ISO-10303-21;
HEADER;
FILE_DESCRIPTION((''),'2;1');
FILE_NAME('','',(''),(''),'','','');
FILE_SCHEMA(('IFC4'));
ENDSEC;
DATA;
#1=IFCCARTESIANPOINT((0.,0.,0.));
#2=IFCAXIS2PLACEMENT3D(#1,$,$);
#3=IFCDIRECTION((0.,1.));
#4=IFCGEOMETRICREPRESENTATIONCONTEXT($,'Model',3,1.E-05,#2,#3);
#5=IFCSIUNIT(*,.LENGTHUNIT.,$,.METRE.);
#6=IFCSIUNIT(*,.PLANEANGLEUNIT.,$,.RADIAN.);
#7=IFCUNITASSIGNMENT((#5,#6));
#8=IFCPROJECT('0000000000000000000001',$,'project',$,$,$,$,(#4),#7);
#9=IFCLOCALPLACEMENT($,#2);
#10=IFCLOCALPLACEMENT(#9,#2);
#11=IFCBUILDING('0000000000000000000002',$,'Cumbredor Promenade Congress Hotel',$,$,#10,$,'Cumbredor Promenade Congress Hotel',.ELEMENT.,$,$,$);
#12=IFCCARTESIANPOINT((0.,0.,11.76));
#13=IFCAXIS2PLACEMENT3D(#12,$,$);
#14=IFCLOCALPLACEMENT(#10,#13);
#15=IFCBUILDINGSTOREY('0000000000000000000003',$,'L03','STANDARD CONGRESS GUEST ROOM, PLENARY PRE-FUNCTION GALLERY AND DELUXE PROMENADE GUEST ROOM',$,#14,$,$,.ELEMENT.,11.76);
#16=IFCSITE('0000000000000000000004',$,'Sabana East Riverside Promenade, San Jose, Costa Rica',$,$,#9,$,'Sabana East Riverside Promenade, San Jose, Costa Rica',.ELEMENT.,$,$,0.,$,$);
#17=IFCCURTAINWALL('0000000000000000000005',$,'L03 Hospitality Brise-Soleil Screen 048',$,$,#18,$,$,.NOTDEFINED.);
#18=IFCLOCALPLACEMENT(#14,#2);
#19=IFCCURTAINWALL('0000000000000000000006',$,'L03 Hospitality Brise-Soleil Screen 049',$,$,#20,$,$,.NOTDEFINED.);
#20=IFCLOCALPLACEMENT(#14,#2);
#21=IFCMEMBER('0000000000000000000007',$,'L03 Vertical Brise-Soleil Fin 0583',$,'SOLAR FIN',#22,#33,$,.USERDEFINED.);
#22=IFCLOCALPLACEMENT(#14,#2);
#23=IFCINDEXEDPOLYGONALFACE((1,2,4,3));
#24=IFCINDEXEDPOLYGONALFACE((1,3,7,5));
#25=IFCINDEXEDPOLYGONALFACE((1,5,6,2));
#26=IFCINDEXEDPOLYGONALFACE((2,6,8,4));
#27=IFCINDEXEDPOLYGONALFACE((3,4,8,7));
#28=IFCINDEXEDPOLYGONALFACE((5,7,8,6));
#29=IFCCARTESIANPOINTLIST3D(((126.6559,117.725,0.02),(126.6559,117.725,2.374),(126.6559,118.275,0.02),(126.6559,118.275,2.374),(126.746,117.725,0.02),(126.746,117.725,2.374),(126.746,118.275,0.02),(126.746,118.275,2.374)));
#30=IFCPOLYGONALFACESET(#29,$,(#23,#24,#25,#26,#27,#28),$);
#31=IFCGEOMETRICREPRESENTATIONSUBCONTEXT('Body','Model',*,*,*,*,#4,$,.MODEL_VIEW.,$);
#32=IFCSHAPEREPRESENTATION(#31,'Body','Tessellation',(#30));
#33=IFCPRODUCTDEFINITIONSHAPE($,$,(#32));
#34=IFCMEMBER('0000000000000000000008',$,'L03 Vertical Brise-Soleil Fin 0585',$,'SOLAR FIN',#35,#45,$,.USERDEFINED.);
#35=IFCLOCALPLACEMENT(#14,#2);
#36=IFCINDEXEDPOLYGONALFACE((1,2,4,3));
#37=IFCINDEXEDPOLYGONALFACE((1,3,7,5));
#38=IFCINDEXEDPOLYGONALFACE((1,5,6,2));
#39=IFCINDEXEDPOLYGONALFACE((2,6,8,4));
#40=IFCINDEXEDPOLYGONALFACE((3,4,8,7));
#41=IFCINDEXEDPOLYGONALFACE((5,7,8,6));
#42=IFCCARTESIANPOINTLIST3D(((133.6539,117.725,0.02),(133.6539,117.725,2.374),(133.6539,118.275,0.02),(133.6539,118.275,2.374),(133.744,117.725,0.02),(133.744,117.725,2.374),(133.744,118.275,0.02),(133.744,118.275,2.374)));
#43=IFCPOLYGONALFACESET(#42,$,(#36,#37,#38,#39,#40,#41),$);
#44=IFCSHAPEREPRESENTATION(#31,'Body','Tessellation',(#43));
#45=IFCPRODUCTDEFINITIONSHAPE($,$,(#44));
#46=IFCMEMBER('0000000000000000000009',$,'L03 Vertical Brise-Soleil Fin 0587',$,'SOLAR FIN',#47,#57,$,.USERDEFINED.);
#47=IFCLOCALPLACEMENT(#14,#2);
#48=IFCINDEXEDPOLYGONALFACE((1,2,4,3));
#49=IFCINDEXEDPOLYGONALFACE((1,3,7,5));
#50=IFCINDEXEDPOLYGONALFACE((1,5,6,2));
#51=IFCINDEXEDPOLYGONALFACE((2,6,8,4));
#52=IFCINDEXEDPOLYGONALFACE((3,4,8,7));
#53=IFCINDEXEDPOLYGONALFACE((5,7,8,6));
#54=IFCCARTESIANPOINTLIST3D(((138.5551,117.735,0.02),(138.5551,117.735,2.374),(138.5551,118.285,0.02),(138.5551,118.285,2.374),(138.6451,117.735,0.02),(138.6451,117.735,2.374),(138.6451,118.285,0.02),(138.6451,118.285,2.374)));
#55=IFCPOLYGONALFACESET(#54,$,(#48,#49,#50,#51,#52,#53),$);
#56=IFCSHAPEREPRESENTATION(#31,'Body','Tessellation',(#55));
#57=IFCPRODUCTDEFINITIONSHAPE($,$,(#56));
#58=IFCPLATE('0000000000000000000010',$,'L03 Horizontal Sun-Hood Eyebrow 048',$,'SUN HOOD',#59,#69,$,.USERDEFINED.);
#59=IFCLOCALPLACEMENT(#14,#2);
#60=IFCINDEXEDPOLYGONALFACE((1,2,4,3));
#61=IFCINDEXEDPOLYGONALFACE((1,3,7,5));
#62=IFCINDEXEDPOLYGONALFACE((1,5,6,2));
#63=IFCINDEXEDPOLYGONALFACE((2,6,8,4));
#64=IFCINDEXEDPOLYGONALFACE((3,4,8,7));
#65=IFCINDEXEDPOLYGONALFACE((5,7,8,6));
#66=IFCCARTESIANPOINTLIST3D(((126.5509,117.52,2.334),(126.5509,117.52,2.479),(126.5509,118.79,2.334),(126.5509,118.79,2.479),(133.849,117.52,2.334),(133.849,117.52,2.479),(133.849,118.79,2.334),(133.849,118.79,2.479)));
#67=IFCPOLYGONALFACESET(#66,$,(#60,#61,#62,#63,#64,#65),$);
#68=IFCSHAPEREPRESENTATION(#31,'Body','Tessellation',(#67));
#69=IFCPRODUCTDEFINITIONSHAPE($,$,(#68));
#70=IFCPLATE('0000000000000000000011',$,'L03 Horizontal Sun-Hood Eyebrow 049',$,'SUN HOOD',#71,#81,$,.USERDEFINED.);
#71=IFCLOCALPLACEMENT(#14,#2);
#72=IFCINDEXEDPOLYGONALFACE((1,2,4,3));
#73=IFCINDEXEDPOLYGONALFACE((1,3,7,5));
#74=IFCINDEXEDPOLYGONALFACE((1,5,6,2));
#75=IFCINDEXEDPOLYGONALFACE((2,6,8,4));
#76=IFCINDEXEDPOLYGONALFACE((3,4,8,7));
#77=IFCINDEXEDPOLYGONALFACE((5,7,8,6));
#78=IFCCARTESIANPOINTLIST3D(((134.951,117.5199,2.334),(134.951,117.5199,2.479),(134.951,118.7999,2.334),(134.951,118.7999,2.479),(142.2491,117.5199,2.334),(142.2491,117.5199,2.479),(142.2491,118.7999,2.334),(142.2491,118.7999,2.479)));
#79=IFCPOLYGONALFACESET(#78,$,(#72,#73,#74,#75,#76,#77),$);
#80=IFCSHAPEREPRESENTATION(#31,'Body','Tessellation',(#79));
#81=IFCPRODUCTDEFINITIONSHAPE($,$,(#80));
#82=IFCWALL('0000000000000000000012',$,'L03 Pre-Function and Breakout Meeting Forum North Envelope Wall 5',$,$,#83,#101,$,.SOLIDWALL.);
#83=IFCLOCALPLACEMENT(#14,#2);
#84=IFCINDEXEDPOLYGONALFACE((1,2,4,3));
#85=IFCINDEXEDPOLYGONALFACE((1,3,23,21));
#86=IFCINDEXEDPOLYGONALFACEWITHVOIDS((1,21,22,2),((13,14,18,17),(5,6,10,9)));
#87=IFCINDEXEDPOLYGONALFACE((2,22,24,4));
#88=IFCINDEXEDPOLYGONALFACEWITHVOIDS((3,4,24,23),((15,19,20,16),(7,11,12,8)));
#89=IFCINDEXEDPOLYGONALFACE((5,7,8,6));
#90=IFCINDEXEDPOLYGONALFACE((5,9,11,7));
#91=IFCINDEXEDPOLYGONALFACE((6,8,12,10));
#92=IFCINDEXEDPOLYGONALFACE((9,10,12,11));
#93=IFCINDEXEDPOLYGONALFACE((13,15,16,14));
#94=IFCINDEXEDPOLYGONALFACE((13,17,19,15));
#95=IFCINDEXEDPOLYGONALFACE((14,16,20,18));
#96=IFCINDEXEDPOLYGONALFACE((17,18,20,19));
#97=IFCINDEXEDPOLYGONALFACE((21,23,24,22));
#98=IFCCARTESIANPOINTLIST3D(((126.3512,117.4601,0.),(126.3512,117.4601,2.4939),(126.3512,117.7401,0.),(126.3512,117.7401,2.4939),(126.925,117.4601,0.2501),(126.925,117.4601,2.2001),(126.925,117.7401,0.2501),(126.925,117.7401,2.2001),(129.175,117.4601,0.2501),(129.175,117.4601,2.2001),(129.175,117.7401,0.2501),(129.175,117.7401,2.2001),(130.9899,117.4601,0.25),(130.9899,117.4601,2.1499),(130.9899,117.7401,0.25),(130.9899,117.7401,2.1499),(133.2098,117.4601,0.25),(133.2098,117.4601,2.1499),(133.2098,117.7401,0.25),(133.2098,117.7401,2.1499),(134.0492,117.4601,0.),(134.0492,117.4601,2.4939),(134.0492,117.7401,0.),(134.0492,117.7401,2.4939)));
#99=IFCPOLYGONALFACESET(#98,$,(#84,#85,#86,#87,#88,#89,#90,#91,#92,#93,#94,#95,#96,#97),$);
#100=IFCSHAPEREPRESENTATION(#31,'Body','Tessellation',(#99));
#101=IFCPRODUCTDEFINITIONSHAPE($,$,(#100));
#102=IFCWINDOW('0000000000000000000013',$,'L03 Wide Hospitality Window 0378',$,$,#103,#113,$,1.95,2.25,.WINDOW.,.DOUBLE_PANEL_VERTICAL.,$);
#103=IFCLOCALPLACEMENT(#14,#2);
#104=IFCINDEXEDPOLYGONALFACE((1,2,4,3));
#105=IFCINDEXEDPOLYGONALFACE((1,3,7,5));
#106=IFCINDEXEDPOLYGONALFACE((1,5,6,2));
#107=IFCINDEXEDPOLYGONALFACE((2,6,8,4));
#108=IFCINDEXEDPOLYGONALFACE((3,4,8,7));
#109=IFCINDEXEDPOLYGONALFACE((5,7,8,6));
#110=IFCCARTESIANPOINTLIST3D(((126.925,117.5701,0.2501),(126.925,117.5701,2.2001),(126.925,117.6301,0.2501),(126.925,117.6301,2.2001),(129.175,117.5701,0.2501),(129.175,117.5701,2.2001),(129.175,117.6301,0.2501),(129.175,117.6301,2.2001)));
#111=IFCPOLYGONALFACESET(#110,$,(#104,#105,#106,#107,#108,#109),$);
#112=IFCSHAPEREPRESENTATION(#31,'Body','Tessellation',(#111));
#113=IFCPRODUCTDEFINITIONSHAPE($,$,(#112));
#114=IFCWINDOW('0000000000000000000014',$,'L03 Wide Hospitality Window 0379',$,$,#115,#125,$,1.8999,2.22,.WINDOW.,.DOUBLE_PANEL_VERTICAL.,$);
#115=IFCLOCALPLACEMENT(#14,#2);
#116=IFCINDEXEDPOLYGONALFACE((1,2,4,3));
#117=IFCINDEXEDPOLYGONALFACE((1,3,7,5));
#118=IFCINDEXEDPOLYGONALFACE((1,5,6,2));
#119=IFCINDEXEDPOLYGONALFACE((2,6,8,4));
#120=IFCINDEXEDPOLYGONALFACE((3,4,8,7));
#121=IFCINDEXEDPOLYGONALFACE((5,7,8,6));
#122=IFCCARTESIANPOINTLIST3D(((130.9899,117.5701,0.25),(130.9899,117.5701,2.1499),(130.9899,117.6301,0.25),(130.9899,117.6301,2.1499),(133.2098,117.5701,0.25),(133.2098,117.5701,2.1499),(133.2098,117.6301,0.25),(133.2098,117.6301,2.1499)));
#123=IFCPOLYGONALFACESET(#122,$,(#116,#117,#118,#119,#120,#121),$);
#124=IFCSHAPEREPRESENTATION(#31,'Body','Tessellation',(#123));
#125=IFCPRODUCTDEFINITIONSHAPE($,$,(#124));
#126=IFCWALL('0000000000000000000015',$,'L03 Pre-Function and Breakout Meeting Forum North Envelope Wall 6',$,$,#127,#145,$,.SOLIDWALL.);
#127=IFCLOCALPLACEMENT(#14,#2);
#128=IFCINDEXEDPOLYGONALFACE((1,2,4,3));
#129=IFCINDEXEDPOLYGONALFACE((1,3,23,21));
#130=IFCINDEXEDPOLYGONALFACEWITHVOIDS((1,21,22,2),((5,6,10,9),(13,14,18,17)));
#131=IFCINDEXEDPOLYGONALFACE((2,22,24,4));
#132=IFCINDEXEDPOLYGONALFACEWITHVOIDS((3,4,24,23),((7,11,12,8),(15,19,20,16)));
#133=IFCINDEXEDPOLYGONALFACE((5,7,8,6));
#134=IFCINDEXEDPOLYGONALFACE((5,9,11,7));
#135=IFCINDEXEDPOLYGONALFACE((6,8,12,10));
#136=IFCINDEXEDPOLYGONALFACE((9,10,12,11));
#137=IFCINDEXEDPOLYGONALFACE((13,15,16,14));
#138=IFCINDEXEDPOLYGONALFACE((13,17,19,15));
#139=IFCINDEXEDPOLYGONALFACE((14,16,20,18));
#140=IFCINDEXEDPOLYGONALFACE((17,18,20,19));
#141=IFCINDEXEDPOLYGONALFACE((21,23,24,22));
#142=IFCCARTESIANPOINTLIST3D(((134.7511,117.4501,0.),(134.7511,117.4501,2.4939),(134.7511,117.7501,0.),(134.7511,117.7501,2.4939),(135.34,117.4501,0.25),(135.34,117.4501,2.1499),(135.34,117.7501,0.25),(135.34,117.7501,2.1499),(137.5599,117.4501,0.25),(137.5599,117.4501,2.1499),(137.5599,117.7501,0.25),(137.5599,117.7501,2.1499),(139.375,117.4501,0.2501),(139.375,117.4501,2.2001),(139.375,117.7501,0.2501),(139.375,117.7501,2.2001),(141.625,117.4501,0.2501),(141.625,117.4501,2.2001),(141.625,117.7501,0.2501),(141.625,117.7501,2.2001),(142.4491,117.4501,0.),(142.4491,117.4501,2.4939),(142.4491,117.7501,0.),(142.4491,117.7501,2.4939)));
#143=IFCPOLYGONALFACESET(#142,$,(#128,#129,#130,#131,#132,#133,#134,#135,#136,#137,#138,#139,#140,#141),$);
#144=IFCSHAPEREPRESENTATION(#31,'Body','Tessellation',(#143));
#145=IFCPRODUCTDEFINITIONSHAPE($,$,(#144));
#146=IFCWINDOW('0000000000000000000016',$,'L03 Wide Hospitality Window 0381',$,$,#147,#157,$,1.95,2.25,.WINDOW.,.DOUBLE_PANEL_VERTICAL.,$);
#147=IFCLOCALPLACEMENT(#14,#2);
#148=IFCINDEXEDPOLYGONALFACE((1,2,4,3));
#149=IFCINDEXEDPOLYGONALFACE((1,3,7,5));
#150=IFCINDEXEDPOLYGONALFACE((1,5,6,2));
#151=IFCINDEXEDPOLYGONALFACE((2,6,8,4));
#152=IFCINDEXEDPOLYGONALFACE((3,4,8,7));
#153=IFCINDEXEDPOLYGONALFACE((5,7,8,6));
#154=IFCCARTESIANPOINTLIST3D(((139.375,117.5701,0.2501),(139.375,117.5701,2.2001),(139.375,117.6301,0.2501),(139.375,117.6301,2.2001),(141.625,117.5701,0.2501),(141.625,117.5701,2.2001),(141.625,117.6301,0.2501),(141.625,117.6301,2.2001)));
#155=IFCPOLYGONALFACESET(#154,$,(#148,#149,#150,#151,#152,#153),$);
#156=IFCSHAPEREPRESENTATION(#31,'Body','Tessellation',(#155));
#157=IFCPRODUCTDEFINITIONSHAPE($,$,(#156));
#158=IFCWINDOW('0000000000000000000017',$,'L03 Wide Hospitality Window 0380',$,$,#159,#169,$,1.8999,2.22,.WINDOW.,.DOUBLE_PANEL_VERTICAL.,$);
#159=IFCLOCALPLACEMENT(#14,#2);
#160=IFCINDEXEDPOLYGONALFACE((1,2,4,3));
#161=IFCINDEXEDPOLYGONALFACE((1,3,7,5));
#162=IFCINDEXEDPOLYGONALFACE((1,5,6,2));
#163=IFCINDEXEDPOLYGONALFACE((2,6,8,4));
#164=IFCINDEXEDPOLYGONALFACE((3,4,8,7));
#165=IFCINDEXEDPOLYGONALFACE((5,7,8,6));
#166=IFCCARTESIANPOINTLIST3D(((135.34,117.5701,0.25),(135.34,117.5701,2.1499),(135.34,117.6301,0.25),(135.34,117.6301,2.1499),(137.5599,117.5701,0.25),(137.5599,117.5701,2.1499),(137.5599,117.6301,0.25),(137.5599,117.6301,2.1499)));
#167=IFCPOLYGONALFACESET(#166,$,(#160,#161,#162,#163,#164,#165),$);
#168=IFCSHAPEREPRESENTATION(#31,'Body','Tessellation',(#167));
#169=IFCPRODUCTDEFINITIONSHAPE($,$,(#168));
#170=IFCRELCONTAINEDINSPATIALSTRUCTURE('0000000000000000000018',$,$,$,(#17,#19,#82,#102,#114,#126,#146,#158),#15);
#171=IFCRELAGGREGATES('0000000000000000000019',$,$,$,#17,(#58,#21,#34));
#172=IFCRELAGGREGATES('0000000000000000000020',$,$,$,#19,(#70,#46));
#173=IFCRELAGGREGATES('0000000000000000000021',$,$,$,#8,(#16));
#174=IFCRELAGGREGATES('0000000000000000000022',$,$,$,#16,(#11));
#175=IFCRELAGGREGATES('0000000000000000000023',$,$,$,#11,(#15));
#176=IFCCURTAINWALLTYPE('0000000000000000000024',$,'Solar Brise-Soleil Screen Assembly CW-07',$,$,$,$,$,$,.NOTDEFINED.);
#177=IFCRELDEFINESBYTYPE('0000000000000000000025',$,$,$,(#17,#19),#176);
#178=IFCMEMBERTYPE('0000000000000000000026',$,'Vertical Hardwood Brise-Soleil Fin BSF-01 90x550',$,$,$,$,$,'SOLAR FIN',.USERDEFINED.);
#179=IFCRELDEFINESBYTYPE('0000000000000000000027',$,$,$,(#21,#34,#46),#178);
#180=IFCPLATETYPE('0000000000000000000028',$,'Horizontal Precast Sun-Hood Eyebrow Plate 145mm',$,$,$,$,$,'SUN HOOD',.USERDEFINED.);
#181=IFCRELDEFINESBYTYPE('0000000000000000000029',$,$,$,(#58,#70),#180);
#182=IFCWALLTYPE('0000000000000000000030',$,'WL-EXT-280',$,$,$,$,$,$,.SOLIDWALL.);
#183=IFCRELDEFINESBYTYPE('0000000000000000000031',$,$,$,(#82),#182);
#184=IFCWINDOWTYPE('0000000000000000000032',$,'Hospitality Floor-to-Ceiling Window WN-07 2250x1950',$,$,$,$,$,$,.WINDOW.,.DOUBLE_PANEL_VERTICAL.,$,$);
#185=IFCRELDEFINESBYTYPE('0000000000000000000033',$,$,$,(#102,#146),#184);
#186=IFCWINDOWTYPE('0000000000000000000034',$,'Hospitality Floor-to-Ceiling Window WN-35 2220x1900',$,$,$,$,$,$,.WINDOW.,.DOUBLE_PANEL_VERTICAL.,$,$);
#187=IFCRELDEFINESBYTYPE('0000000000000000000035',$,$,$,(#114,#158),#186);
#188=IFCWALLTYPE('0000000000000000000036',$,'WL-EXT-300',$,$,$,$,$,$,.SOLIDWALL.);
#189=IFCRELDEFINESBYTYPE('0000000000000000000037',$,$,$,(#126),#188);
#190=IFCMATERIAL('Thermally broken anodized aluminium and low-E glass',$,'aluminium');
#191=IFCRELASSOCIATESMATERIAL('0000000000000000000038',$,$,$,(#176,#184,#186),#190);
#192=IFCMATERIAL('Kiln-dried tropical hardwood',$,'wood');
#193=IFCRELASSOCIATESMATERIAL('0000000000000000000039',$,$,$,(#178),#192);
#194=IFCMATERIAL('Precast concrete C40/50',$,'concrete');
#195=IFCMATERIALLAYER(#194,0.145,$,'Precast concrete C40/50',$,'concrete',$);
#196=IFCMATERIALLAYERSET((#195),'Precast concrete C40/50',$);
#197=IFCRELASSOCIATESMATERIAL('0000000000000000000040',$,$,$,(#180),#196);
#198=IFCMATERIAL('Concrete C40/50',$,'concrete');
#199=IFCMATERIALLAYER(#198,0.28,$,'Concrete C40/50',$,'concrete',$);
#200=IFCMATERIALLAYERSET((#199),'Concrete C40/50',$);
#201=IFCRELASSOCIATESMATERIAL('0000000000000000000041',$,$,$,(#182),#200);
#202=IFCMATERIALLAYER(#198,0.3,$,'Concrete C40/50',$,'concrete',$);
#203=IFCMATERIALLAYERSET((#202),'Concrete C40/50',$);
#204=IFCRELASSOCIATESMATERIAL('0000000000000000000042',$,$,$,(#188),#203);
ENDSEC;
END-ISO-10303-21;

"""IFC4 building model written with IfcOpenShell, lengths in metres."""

from ifc_helpers import new_model, si_unit, direction, frame, frame_2d, origin, origin_2d, place, context, subcontext, project, spatial, rectangle, extrude, material, layer, layer_set, material_profile, profile_set, type_object, element, fill, aggregate, save


model = new_model("IFC4")

# Units and contexts
model_context = context("Model", 3, precision=1e-05, world=origin(), true_north=direction((0.0, 1.0)))
body_context = subcontext(model_context, "Body", "Model", "MODEL_VIEW")
ifc_project = project(units=[si_unit("LENGTHUNIT", "METRE"), si_unit("PLANEANGLEUNIT", "RADIAN")], contexts=[model_context])

# Site, building, storey
site_placement = place(None, origin())
site = spatial("IfcSite", under=ifc_project, at=site_placement, Name="Sabana East Riverside Promenade, San Jose, Costa Rica", LongName="Sabana East Riverside Promenade, San Jose, Costa Rica", CompositionType="ELEMENT", RefElevation=0.0)
building_placement = place(site_placement, origin())
building = spatial("IfcBuilding", under=site, at=building_placement, Name="Cumbredor Promenade Congress Hotel", LongName="Cumbredor Promenade Congress Hotel", CompositionType="ELEMENT")
storey_placement = place(building_placement, frame((0.0, 0.0, 11.76)))
storey = spatial("IfcBuildingStorey", under=building, at=storey_placement, Name="L03", Description="STANDARD CONGRESS GUEST ROOM, PLENARY PRE-FUNCTION GALLERY AND DELUXE PROMENADE GUEST ROOM", CompositionType="ELEMENT", Elevation=11.76)

# Shared definitions
ifc_material_1 = material(Name="Concrete C40/50", Category="concrete")

# Curtain walls
ifc_material_2 = material(Name="Thermally broken anodized aluminium and low-E glass", Category="aluminium")
curtain_wall_type = type_object("IfcCurtainWallType", Name="Solar Brise-Soleil Screen Assembly CW-07", PredefinedType="NOTDEFINED", material=ifc_material_2)
curtain_wall_1_placement = place(storey_placement, origin())
curtain_wall_1 = element("IfcCurtainWall", 1, at=curtain_wall_1_placement, inside=storey, type_object=curtain_wall_type, Name="L03 Hospitality Brise-Soleil Screen 048", PredefinedType="NOTDEFINED")
curtain_wall_2_placement = place(storey_placement, origin())
curtain_wall_2 = element("IfcCurtainWall", 2, at=curtain_wall_2_placement, inside=storey, type_object=curtain_wall_type, Name="L03 Hospitality Brise-Soleil Screen 049", PredefinedType="NOTDEFINED")

# Members
ifc_material_3 = material(Name="Kiln-dried tropical hardwood", Category="wood")
ifc_material_profile_1 = material_profile(ifc_material_3, rectangle(XDim=0.0901, YDim=0.55, at=origin_2d()), Name="ARCH FIN 90x550")
ifc_profile_set_1 = profile_set([ifc_material_profile_1], Name="Kiln-dried tropical hardwood")
member_type_1 = type_object("IfcMemberType", Name="Vertical Hardwood Brise-Soleil Fin BSF-01 90x550", ElementType="SOLAR FIN", PredefinedType="USERDEFINED", material=ifc_profile_set_1)
member_1_placement = place(storey_placement, frame((126.7009, 118.0, 0.02), z_axis=(0.0, 0.0, 1.0), x_axis=(1.0, 0.0, 0.0)))
member_1 = element("IfcMember", 3, at=member_1_placement, type_object=member_type_1, Name="L03 Vertical Brise-Soleil Fin 0583", ObjectType="SOLAR FIN", PredefinedType="USERDEFINED", context=body_context, shape_type="SweptSolid", body=[
    extrude(rectangle(XDim=0.0901, YDim=0.55, at=origin_2d()), origin(), (0.0, 0.0, 1.0), 2.354),
])
member_2_placement = place(storey_placement, frame((133.699, 118.0, 0.02), z_axis=(0.0, 0.0, 1.0), x_axis=(1.0, 0.0, 0.0)))
member_2 = element("IfcMember", 4, at=member_2_placement, type_object=member_type_1, Name="L03 Vertical Brise-Soleil Fin 0585", ObjectType="SOLAR FIN", PredefinedType="USERDEFINED", context=body_context, shape_type="SweptSolid", body=[
    extrude(rectangle(XDim=0.0901, YDim=0.55, at=origin_2d()), origin(), (0.0, 0.0, 1.0), 2.354),
])
member_3_placement = place(storey_placement, frame((138.6001, 118.01, 0.02), z_axis=(0.0, 0.0, 1.0), x_axis=(1.0, 0.0, 0.0)))
member_3 = element("IfcMember", 5, at=member_3_placement, type_object=member_type_1, Name="L03 Vertical Brise-Soleil Fin 0587", ObjectType="SOLAR FIN", PredefinedType="USERDEFINED", context=body_context, shape_type="SweptSolid", body=[
    extrude(rectangle(XDim=0.0901, YDim=0.55, at=origin_2d()), origin(), (0.0, 0.0, 1.0), 2.354),
])

# Plates
ifc_material_4 = material(Name="Precast concrete C40/50", Category="concrete")
ifc_layer_1 = layer(ifc_material_4, 0.145, Name="Precast concrete C40/50", Category="concrete")
ifc_layer_set_1 = layer_set([ifc_layer_1], Name="Precast concrete C40/50")
plate_type = type_object("IfcPlateType", Name="Horizontal Precast Sun-Hood Eyebrow Plate 145mm", ElementType="SUN HOOD", PredefinedType="USERDEFINED", material=ifc_layer_set_1)
plate_1_placement = place(storey_placement, frame((130.2, 118.155, 2.334), z_axis=(0.0, 0.0, 1.0), x_axis=(1.0, 0.0, 0.0)))
plate_1 = element("IfcPlate", 6, at=plate_1_placement, type_object=plate_type, Name="L03 Horizontal Sun-Hood Eyebrow 048", ObjectType="SUN HOOD", PredefinedType="USERDEFINED", context=body_context, shape_type="SweptSolid", body=[
    extrude(rectangle(XDim=7.2981, YDim=1.27, at=origin_2d()), origin(), (0.0, 0.0, 1.0), 0.145),
])
aggregate(curtain_wall_1, [plate_1, member_1, member_2])
plate_2_placement = place(storey_placement, frame((138.6001, 118.1599, 2.334), z_axis=(0.0, 0.0, 1.0), x_axis=(1.0, 0.0, 0.0)))
plate_2 = element("IfcPlate", 7, at=plate_2_placement, type_object=plate_type, Name="L03 Horizontal Sun-Hood Eyebrow 049", ObjectType="SUN HOOD", PredefinedType="USERDEFINED", context=body_context, shape_type="SweptSolid", body=[
    extrude(rectangle(XDim=7.2981, YDim=1.28, at=origin_2d()), origin(), (0.0, 0.0, 1.0), 0.145),
])
aggregate(curtain_wall_2, [plate_2, member_3])

# Walls, openings, windows
ifc_layer_2 = layer(ifc_material_1, 0.28, Name="Concrete C40/50", Category="concrete")
ifc_layer_set_2 = layer_set([ifc_layer_2], Name="Concrete C40/50")
wall_type_1 = type_object("IfcWallType", Name="WL-EXT-280", PredefinedType="SOLIDWALL", material=ifc_layer_set_2)
wall_1_placement = place(storey_placement, frame((126.3511, 117.6001, 0.0), z_axis=(0.0, 0.0, 1.0), x_axis=(1.0, 0.0, 0.0)))
wall_1 = element("IfcWall", 8, at=wall_1_placement, inside=storey, type_object=wall_type_1, Name="L03 Pre-Function and Breakout Meeting Forum North Envelope Wall 5", PredefinedType="SOLIDWALL", context=body_context, shape_type="SweptSolid", body=[
    extrude(rectangle(XDim=7.698, YDim=0.28, at=frame_2d((3.8491, 0.0))), origin(), (0.0, 0.0, 1.0), 2.4939),
])
opening_1_placement = place(wall_1_placement, frame((0.574, 0.0, 0.25)))
opening_1 = element("IfcOpeningElement", 9, at=opening_1_placement, cuts=wall_1, PredefinedType="OPENING", context=body_context, shape_type="SweptSolid", body=[
    extrude(rectangle(XDim=2.25, YDim=1.95, at=frame_2d((1.125, 0.9751))), frame((0.0, 0.1499, 0.0), z_axis=(0.0, -1.0, 0.0), x_axis=(1.0, 0.0, 0.0)), (0.0, 0.0, 1.0), 0.3),
])
opening_2_placement = place(wall_1_placement, frame((4.6389, 0.0, 0.25)))
opening_2 = element("IfcOpeningElement", 10, at=opening_2_placement, cuts=wall_1, PredefinedType="OPENING", context=body_context, shape_type="SweptSolid", body=[
    extrude(rectangle(XDim=2.22, YDim=1.8999, at=frame_2d((1.1099, 0.95))), frame((0.0, 0.1499, 0.0), z_axis=(0.0, -1.0, 0.0), x_axis=(1.0, 0.0, 0.0)), (0.0, 0.0, 1.0), 0.3),
])
window_type_1 = type_object("IfcWindowType", Name="Hospitality Floor-to-Ceiling Window WN-07 2250x1950", PartitioningType="DOUBLE_PANEL_VERTICAL", PredefinedType="WINDOW", material=ifc_material_2)
window_1_placement = place(opening_1_placement, origin())
window_1 = element("IfcWindow", 11, at=window_1_placement, inside=storey, type_object=window_type_1, Name="L03 Wide Hospitality Window 0378", OverallHeight=1.95, OverallWidth=2.25, PartitioningType="DOUBLE_PANEL_VERTICAL", PredefinedType="WINDOW", context=body_context, shape_type="SweptSolid", body=[
    extrude(rectangle(XDim=2.25, YDim=1.95, at=frame_2d((1.125, 0.9751))), frame((0.0, 0.03, 0.0), z_axis=(0.0, -1.0, 0.0), x_axis=(1.0, 0.0, 0.0)), (0.0, 0.0, 1.0), 0.0601),
])
fill(opening_1, window_1)
window_type_2 = type_object("IfcWindowType", Name="Hospitality Floor-to-Ceiling Window WN-35 2220x1900", PartitioningType="DOUBLE_PANEL_VERTICAL", PredefinedType="WINDOW", material=ifc_material_2)
window_2_placement = place(opening_2_placement, origin())
window_2 = element("IfcWindow", 12, at=window_2_placement, inside=storey, type_object=window_type_2, Name="L03 Wide Hospitality Window 0379", OverallHeight=1.8999, OverallWidth=2.22, PartitioningType="DOUBLE_PANEL_VERTICAL", PredefinedType="WINDOW", context=body_context, shape_type="SweptSolid", body=[
    extrude(rectangle(XDim=2.22, YDim=1.8999, at=frame_2d((1.1099, 0.95))), frame((0.0, 0.03, 0.0), z_axis=(0.0, -1.0, 0.0), x_axis=(1.0, 0.0, 0.0)), (0.0, 0.0, 1.0), 0.0601),
])
fill(opening_2, window_2)
ifc_layer_3 = layer(ifc_material_1, 0.3, Name="Concrete C40/50", Category="concrete")
ifc_layer_set_3 = layer_set([ifc_layer_3], Name="Concrete C40/50")
wall_type_2 = type_object("IfcWallType", Name="WL-EXT-300", PredefinedType="SOLIDWALL", material=ifc_layer_set_3)
wall_2_placement = place(storey_placement, frame((134.751, 117.6001, 0.0), z_axis=(0.0, 0.0, 1.0), x_axis=(1.0, 0.0, 0.0)))
wall_2 = element("IfcWall", 13, at=wall_2_placement, inside=storey, type_object=wall_type_2, Name="L03 Pre-Function and Breakout Meeting Forum North Envelope Wall 6", PredefinedType="SOLIDWALL", context=body_context, shape_type="SweptSolid", body=[
    extrude(rectangle(XDim=7.698, YDim=0.3, at=frame_2d((3.8491, 0.0))), origin(), (0.0, 0.0, 1.0), 2.4939),
])
opening_3_placement = place(wall_2_placement, frame((0.5891, 0.0, 0.25)))
opening_3 = element("IfcOpeningElement", 14, at=opening_3_placement, cuts=wall_2, PredefinedType="OPENING", context=body_context, shape_type="SweptSolid", body=[
    extrude(rectangle(XDim=2.22, YDim=1.8999, at=frame_2d((1.1099, 0.95))), frame((0.0, 0.1602, 0.0), z_axis=(0.0, -1.0, 0.0), x_axis=(1.0, 0.0, 0.0)), (0.0, 0.0, 1.0), 0.3201),
])
opening_4_placement = place(wall_2_placement, frame((4.624, 0.0, 0.25)))
opening_4 = element("IfcOpeningElement", 15, at=opening_4_placement, cuts=wall_2, PredefinedType="OPENING", context=body_context, shape_type="SweptSolid", body=[
    extrude(rectangle(XDim=2.25, YDim=1.95, at=frame_2d((1.125, 0.9751))), frame((0.0, 0.1602, 0.0), z_axis=(0.0, -1.0, 0.0), x_axis=(1.0, 0.0, 0.0)), (0.0, 0.0, 1.0), 0.3201),
])
window_3_placement = place(opening_4_placement, origin())
window_3 = element("IfcWindow", 16, at=window_3_placement, inside=storey, type_object=window_type_1, Name="L03 Wide Hospitality Window 0381", OverallHeight=1.95, OverallWidth=2.25, PartitioningType="DOUBLE_PANEL_VERTICAL", PredefinedType="WINDOW", context=body_context, shape_type="SweptSolid", body=[
    extrude(rectangle(XDim=2.25, YDim=1.95, at=frame_2d((1.125, 0.9751))), frame((0.0, 0.03, 0.0), z_axis=(0.0, -1.0, 0.0), x_axis=(1.0, 0.0, 0.0)), (0.0, 0.0, 1.0), 0.0601),
])
fill(opening_4, window_3)
window_4_placement = place(opening_3_placement, origin())
window_4 = element("IfcWindow", 17, at=window_4_placement, inside=storey, type_object=window_type_2, Name="L03 Wide Hospitality Window 0380", OverallHeight=1.8999, OverallWidth=2.22, PartitioningType="DOUBLE_PANEL_VERTICAL", PredefinedType="WINDOW", context=body_context, shape_type="SweptSolid", body=[
    extrude(rectangle(XDim=2.22, YDim=1.8999, at=frame_2d((1.1099, 0.95))), frame((0.0, 0.03, 0.0), z_axis=(0.0, -1.0, 0.0), x_axis=(1.0, 0.0, 0.0)), (0.0, 0.0, 1.0), 0.0601),
])
fill(opening_3, window_4)

save(model, "model.ifc")
